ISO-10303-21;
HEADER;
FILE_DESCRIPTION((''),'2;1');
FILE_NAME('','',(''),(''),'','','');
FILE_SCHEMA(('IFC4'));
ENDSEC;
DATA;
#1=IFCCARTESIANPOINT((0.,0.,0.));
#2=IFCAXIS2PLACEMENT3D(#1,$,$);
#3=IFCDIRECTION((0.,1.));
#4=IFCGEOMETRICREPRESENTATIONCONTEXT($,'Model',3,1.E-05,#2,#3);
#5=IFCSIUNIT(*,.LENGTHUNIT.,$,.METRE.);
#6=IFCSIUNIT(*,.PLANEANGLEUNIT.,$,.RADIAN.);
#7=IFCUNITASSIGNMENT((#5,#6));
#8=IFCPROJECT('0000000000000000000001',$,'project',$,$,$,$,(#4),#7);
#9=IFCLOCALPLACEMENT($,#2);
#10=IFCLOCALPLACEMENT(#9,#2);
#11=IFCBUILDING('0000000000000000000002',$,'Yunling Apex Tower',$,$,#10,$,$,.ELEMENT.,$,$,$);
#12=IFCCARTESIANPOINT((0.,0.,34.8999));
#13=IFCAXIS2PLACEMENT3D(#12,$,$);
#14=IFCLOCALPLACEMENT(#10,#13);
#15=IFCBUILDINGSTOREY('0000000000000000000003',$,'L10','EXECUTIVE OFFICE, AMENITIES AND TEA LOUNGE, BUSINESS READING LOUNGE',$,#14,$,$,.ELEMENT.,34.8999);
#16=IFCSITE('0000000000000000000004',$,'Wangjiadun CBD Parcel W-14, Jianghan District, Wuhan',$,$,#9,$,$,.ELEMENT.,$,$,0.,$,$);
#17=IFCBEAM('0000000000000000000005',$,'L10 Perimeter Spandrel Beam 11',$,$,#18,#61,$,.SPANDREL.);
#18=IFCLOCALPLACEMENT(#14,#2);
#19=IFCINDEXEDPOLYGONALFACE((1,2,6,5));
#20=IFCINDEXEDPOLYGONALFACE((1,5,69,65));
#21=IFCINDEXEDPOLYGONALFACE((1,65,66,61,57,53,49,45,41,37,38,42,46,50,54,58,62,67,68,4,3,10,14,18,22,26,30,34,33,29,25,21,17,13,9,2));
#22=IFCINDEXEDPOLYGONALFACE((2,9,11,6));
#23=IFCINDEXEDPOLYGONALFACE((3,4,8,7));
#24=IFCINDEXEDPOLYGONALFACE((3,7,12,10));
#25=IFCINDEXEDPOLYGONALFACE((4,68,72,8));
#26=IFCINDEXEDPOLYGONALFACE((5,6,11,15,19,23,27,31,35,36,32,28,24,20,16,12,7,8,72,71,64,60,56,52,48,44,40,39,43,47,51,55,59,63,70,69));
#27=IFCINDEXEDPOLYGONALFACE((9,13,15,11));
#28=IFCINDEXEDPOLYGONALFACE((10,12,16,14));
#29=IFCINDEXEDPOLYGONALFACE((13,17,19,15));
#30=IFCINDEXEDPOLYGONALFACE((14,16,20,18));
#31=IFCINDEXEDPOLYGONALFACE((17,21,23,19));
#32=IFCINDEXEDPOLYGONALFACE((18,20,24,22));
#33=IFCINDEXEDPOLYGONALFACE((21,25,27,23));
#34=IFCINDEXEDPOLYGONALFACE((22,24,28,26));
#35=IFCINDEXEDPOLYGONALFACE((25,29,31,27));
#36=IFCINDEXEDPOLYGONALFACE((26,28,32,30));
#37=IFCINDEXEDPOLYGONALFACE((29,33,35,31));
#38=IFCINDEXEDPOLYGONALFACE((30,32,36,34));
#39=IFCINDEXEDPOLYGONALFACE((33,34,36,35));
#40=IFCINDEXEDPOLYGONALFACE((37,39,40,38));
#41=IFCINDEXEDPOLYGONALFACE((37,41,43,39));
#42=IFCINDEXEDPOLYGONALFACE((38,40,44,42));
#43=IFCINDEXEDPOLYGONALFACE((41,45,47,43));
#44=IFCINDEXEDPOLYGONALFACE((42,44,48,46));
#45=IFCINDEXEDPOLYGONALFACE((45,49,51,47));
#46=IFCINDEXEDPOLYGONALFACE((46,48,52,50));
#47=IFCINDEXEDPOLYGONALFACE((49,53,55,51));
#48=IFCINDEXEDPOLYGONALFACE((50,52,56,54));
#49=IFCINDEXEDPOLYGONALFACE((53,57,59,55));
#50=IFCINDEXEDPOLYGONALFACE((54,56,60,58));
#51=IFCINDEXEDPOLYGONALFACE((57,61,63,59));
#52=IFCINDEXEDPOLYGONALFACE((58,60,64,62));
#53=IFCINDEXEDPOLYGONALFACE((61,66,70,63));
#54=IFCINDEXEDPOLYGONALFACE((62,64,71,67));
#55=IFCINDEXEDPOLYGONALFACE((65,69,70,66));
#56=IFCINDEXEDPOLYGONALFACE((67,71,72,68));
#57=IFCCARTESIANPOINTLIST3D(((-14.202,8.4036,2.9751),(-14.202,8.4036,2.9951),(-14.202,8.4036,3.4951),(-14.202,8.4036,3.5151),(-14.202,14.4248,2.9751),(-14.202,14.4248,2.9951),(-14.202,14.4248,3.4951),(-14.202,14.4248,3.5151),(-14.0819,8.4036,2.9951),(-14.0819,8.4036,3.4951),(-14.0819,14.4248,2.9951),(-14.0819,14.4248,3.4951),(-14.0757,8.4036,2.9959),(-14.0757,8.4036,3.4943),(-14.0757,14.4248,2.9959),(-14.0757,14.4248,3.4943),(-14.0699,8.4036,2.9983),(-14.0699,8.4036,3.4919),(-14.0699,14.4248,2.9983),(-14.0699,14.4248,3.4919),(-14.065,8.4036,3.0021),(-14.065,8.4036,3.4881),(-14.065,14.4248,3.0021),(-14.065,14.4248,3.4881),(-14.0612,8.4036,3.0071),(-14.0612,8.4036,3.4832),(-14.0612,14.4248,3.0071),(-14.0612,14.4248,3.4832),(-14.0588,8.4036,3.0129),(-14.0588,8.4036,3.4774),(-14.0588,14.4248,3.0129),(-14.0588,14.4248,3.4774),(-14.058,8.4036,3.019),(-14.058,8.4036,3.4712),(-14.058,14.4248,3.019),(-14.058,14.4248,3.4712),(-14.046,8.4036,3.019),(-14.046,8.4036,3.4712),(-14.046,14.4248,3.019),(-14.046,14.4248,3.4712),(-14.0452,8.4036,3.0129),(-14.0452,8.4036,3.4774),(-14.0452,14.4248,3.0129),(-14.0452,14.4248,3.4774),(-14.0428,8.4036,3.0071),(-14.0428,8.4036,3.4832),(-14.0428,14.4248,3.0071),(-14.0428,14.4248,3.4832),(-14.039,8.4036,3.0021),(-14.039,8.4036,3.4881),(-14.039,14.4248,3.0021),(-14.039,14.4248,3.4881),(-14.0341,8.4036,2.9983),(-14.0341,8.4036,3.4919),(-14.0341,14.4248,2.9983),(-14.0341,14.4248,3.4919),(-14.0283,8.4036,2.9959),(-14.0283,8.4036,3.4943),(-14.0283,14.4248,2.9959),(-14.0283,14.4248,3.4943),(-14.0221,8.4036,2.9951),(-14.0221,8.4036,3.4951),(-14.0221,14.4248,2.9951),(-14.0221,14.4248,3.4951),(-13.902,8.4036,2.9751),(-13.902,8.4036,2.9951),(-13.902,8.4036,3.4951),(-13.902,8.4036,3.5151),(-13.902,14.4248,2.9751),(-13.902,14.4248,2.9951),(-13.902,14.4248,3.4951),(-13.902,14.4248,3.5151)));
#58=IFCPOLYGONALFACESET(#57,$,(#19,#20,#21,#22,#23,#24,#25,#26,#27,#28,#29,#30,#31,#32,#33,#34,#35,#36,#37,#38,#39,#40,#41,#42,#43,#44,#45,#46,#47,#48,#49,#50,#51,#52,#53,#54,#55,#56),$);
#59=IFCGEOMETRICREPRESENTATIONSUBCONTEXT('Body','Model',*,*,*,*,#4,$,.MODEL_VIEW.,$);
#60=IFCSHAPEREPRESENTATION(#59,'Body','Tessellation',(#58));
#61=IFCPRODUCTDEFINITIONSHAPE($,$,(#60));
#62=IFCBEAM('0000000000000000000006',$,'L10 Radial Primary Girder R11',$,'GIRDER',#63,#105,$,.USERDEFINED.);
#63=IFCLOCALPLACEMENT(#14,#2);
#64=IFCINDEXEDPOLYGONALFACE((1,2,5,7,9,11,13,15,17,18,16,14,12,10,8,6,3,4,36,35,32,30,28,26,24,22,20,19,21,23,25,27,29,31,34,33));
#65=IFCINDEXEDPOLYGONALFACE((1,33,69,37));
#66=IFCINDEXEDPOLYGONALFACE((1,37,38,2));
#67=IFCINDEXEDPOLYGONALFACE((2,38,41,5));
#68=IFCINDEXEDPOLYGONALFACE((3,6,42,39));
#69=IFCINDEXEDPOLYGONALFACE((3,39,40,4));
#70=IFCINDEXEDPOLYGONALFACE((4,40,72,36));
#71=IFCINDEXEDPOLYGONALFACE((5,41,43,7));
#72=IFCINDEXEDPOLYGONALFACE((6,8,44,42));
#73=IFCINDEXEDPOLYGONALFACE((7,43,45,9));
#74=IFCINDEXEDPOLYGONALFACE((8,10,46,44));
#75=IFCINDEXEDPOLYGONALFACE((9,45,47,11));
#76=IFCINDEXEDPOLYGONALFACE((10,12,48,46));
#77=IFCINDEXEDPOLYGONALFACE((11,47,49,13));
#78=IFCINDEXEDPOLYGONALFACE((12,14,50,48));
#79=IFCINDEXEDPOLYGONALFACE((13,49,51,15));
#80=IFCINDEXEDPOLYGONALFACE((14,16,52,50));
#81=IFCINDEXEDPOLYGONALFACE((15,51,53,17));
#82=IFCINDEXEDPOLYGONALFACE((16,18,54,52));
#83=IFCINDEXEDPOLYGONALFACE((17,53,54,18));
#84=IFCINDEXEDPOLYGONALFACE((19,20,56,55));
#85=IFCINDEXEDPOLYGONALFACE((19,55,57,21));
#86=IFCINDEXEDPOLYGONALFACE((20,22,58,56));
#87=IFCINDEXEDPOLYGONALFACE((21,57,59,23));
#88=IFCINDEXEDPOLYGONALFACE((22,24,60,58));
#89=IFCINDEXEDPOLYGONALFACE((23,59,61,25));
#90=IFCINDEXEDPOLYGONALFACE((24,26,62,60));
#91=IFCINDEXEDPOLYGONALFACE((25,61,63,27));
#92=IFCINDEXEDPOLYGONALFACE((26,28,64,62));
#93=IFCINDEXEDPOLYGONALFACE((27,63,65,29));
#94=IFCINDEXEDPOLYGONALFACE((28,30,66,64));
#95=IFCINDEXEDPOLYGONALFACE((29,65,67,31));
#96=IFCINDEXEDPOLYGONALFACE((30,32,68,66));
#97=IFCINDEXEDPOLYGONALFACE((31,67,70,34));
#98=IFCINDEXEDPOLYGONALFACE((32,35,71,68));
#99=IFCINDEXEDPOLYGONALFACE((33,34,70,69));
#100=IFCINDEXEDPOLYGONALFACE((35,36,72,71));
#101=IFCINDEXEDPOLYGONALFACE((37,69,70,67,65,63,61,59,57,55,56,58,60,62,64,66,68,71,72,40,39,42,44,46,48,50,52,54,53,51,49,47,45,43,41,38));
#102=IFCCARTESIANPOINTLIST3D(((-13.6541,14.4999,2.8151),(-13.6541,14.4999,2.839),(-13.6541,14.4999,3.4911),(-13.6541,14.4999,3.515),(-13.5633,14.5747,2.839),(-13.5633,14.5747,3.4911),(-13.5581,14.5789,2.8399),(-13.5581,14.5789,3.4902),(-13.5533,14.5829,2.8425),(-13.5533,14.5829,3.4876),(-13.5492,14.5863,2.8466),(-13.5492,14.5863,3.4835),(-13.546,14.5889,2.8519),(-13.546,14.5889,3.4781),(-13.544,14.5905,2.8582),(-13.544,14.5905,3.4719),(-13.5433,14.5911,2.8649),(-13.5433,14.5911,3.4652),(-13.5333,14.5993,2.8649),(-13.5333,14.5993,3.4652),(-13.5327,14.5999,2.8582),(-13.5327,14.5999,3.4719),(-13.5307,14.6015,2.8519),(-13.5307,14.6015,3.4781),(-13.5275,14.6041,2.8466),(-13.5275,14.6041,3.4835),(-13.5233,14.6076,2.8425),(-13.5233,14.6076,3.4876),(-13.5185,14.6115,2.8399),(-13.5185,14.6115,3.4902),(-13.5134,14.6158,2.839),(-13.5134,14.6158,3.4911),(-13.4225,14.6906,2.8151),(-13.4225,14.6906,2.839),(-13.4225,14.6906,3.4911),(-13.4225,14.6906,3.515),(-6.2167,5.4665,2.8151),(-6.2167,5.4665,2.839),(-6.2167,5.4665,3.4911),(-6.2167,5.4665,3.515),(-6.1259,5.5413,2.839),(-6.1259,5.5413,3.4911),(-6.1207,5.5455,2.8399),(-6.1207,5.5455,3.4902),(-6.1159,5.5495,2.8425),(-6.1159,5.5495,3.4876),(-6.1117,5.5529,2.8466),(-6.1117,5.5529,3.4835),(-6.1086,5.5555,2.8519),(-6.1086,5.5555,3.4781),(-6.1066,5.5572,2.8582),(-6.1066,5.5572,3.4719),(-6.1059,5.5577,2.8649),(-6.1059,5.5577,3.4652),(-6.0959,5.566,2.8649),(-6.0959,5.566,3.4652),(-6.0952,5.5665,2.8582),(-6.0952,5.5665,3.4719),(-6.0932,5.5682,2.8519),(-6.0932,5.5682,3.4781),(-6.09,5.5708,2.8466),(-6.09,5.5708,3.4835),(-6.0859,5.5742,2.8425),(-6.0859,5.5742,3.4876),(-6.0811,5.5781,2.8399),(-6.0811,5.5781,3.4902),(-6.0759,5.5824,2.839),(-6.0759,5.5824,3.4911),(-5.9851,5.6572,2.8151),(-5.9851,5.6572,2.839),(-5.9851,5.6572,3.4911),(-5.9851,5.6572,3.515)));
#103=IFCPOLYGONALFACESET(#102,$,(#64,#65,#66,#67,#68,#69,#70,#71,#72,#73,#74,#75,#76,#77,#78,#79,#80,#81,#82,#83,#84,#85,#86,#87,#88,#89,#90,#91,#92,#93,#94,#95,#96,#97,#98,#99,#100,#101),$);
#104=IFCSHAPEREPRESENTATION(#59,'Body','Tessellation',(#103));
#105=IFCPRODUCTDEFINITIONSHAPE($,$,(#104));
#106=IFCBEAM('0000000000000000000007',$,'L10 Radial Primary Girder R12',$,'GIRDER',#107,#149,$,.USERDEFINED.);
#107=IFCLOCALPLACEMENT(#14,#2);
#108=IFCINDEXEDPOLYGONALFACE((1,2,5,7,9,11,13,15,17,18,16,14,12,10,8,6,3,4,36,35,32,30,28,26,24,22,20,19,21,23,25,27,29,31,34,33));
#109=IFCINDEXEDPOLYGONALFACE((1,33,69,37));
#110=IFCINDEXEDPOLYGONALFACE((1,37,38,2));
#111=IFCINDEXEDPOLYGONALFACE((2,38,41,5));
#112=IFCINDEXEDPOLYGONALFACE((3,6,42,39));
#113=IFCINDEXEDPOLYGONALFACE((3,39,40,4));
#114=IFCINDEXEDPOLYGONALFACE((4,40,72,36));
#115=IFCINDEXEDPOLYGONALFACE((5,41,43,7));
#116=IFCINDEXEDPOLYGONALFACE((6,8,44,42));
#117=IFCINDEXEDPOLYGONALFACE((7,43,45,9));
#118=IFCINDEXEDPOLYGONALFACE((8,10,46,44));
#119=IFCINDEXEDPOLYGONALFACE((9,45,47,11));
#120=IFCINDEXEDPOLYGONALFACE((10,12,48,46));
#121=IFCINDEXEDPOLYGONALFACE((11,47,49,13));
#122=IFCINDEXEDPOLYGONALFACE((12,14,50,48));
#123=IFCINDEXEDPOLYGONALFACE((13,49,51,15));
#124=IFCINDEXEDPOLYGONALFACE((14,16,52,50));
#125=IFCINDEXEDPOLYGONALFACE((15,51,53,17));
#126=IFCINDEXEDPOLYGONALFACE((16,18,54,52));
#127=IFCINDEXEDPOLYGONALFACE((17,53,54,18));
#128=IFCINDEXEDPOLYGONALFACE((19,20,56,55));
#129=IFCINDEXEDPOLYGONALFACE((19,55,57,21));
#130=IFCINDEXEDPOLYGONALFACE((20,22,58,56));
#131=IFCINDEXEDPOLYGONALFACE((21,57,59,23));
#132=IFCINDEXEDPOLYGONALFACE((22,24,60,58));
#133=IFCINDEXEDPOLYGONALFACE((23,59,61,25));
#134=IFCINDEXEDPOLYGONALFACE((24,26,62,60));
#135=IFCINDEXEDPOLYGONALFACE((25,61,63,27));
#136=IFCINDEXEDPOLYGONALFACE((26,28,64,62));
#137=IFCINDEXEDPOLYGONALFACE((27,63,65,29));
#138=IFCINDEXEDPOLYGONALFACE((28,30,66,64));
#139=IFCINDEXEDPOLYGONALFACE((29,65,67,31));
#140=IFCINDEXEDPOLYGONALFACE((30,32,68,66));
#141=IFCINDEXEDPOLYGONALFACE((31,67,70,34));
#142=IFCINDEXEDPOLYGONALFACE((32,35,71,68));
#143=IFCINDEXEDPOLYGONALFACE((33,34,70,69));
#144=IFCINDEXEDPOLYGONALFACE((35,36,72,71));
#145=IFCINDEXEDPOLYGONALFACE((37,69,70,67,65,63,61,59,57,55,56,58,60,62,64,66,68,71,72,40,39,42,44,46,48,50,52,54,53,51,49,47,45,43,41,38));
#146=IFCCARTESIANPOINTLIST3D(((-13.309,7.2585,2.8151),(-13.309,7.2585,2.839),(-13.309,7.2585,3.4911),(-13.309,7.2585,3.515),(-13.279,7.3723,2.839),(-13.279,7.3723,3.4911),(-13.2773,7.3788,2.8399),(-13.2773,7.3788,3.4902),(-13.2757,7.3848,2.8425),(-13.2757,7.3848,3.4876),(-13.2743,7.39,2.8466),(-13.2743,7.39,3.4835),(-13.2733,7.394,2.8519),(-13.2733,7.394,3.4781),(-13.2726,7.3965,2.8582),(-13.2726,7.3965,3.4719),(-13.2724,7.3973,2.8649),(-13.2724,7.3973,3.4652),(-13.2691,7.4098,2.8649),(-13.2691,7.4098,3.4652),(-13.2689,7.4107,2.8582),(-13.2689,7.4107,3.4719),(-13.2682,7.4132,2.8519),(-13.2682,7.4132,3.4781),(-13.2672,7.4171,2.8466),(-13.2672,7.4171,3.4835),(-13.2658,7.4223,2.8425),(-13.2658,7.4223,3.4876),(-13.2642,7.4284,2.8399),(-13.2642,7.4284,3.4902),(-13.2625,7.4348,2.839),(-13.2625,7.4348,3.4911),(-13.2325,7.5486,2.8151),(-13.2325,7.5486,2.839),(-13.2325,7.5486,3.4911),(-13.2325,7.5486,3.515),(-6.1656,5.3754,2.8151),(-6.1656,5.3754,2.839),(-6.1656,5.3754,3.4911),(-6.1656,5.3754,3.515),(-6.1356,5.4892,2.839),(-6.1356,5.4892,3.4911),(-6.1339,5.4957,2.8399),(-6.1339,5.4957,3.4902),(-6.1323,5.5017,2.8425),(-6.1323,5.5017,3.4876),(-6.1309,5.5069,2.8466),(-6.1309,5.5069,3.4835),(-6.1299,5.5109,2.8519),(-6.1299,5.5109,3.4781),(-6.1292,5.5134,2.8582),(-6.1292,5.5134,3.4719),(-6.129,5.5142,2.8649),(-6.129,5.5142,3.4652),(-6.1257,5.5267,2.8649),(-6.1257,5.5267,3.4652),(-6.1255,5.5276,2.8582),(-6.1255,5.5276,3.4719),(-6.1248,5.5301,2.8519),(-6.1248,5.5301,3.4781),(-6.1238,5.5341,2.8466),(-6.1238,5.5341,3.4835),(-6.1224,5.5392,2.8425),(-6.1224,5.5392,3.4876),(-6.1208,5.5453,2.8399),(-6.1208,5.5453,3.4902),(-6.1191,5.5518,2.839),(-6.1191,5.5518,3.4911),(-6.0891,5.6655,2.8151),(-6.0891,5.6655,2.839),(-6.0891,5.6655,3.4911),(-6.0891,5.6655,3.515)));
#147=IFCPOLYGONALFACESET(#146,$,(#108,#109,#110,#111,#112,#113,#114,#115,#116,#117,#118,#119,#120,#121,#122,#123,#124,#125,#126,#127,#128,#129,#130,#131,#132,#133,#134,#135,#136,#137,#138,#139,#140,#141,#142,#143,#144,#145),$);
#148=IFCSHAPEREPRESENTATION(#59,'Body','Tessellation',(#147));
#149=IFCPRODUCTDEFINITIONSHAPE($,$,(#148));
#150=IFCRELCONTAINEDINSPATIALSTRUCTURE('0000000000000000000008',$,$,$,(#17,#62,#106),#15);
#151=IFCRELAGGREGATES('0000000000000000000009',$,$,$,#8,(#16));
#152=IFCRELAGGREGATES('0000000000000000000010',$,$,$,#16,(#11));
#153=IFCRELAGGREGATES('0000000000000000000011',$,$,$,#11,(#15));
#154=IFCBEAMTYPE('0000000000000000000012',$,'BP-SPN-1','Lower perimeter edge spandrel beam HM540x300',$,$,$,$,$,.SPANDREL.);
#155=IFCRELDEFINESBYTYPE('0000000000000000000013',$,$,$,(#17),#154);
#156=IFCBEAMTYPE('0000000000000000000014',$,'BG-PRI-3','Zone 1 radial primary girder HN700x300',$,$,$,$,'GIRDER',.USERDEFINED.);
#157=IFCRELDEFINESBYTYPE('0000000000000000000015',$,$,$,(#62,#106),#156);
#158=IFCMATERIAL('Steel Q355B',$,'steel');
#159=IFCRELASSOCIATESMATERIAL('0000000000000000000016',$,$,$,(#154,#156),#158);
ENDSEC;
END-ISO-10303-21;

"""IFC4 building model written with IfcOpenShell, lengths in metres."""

from ifc_helpers import new_model, si_unit, direction, frame, origin, origin_2d, place, context, subcontext, project, spatial, i_section, extrude, source, transform, mapped, material, material_profile, profile_set, type_object, element, save


model = new_model("IFC4")

# Units and contexts
model_context = context("Model", 3, precision=1e-05, world=origin(), true_north=direction((0.0, 1.0)))
body_context = subcontext(model_context, "Body", "Model", "MODEL_VIEW")
ifc_project = project(units=[si_unit("LENGTHUNIT", "METRE"), si_unit("PLANEANGLEUNIT", "RADIAN")], contexts=[model_context])

# Site, building, storey
site_placement = place(None, origin())
site = spatial("IfcSite", under=ifc_project, at=site_placement, Name="Wangjiadun CBD Parcel W-14, Jianghan District, Wuhan", CompositionType="ELEMENT", RefElevation=0.0)
building_placement = place(site_placement, origin())
building = spatial("IfcBuilding", under=site, at=building_placement, Name="Yunling Apex Tower", CompositionType="ELEMENT")
storey_placement = place(building_placement, frame((0.0, 0.0, 34.8999)))
storey = spatial("IfcBuildingStorey", under=building, at=storey_placement, Name="L10", Description="EXECUTIVE OFFICE, AMENITIES AND TEA LOUNGE, BUSINESS READING LOUNGE", CompositionType="ELEMENT", Elevation=34.8999)

# Beams
ifc_material_1 = material(Name="Steel Q355B", Category="steel")
ifc_material_profile_1 = material_profile(ifc_material_1, i_section(OverallWidth=0.3, OverallDepth=0.54, WebThickness=0.012, FlangeThickness=0.02, FilletRadius=0.0239, at=origin_2d()))
ifc_profile_set_1 = profile_set([ifc_material_profile_1], Name="Steel Q355B")
beam_type_1 = type_object("IfcBeamType", Name="BP-SPN-1", Description="Lower perimeter edge spandrel beam HM540x300", PredefinedType="SPANDREL", material=ifc_profile_set_1)
shared_shape_1 = source(origin(), body_context, "Body", "SweptSolid", [
    extrude(i_section(OverallWidth=0.3, OverallDepth=0.54, WebThickness=0.012, FlangeThickness=0.02, FilletRadius=0.0239, at=origin_2d()), origin(), (0.0, 0.0, 1.0), 6.0212),
])
beam_1_placement = place(storey_placement, frame((-14.052, 14.4248, 3.2451), z_axis=(0.0, -1.0, 0.0), x_axis=(1.0, 0.0, 0.0)))
element("IfcBeam", 1, at=beam_1_placement, inside=storey, type_object=beam_type_1, Name="L10 Perimeter Spandrel Beam 11", PredefinedType="SPANDREL", context=body_context, shape_type="MappedRepresentation", body=[
    mapped(shared_shape_1, transform((0.0, 0.0, 0.0), scale=1.0)),
])
ifc_material_profile_2 = material_profile(ifc_material_1, i_section(OverallWidth=0.3, OverallDepth=0.7, WebThickness=0.0129, FlangeThickness=0.0239, FilletRadius=0.0259, at=origin_2d()))
ifc_profile_set_2 = profile_set([ifc_material_profile_2], Name="Steel Q355B")
beam_type_2 = type_object("IfcBeamType", Name="BG-PRI-3", Description="Zone 1 radial primary girder HN700x300", ElementType="GIRDER", PredefinedType="USERDEFINED", material=ifc_profile_set_2)
shared_shape_2 = source(origin(), body_context, "Body", "SweptSolid", [
    extrude(i_section(OverallWidth=0.3, OverallDepth=0.7, WebThickness=0.0129, FlangeThickness=0.0239, FilletRadius=0.0259, at=origin_2d()), origin(), (0.0, 0.0, 1.0), 11.7012),
])
beam_2_placement = place(storey_placement, frame((-13.5383, 14.5952, 3.165), z_axis=(0.635615, -0.772006, 0.0), x_axis=(0.772006, 0.635615, 0.0)))
element("IfcBeam", 2, at=beam_2_placement, inside=storey, type_object=beam_type_2, Name="L10 Radial Primary Girder R11", ObjectType="GIRDER", PredefinedType="USERDEFINED", context=body_context, shape_type="MappedRepresentation", body=[
    mapped(shared_shape_2, transform((0.0, 0.0, 0.0), scale=1.0)),
])
shared_shape_3 = source(origin(), body_context, "Body", "SweptSolid", [
    extrude(i_section(OverallWidth=0.3, OverallDepth=0.7, WebThickness=0.0129, FlangeThickness=0.0239, FilletRadius=0.0259, at=origin_2d()), origin(), (0.0, 0.0, 1.0), 7.3875),
])
beam_3_placement = place(storey_placement, frame((-13.2708, 7.4036, 3.165), z_axis=(0.966967, -0.254903, 0.0), x_axis=(0.254903, 0.966967, 0.0)))
element("IfcBeam", 3, at=beam_3_placement, inside=storey, type_object=beam_type_2, Name="L10 Radial Primary Girder R12", ObjectType="GIRDER", PredefinedType="USERDEFINED", context=body_context, shape_type="MappedRepresentation", body=[
    mapped(shared_shape_3, transform((0.0, 0.0, 0.0), scale=1.0)),
])

save(model, "model.ifc")
